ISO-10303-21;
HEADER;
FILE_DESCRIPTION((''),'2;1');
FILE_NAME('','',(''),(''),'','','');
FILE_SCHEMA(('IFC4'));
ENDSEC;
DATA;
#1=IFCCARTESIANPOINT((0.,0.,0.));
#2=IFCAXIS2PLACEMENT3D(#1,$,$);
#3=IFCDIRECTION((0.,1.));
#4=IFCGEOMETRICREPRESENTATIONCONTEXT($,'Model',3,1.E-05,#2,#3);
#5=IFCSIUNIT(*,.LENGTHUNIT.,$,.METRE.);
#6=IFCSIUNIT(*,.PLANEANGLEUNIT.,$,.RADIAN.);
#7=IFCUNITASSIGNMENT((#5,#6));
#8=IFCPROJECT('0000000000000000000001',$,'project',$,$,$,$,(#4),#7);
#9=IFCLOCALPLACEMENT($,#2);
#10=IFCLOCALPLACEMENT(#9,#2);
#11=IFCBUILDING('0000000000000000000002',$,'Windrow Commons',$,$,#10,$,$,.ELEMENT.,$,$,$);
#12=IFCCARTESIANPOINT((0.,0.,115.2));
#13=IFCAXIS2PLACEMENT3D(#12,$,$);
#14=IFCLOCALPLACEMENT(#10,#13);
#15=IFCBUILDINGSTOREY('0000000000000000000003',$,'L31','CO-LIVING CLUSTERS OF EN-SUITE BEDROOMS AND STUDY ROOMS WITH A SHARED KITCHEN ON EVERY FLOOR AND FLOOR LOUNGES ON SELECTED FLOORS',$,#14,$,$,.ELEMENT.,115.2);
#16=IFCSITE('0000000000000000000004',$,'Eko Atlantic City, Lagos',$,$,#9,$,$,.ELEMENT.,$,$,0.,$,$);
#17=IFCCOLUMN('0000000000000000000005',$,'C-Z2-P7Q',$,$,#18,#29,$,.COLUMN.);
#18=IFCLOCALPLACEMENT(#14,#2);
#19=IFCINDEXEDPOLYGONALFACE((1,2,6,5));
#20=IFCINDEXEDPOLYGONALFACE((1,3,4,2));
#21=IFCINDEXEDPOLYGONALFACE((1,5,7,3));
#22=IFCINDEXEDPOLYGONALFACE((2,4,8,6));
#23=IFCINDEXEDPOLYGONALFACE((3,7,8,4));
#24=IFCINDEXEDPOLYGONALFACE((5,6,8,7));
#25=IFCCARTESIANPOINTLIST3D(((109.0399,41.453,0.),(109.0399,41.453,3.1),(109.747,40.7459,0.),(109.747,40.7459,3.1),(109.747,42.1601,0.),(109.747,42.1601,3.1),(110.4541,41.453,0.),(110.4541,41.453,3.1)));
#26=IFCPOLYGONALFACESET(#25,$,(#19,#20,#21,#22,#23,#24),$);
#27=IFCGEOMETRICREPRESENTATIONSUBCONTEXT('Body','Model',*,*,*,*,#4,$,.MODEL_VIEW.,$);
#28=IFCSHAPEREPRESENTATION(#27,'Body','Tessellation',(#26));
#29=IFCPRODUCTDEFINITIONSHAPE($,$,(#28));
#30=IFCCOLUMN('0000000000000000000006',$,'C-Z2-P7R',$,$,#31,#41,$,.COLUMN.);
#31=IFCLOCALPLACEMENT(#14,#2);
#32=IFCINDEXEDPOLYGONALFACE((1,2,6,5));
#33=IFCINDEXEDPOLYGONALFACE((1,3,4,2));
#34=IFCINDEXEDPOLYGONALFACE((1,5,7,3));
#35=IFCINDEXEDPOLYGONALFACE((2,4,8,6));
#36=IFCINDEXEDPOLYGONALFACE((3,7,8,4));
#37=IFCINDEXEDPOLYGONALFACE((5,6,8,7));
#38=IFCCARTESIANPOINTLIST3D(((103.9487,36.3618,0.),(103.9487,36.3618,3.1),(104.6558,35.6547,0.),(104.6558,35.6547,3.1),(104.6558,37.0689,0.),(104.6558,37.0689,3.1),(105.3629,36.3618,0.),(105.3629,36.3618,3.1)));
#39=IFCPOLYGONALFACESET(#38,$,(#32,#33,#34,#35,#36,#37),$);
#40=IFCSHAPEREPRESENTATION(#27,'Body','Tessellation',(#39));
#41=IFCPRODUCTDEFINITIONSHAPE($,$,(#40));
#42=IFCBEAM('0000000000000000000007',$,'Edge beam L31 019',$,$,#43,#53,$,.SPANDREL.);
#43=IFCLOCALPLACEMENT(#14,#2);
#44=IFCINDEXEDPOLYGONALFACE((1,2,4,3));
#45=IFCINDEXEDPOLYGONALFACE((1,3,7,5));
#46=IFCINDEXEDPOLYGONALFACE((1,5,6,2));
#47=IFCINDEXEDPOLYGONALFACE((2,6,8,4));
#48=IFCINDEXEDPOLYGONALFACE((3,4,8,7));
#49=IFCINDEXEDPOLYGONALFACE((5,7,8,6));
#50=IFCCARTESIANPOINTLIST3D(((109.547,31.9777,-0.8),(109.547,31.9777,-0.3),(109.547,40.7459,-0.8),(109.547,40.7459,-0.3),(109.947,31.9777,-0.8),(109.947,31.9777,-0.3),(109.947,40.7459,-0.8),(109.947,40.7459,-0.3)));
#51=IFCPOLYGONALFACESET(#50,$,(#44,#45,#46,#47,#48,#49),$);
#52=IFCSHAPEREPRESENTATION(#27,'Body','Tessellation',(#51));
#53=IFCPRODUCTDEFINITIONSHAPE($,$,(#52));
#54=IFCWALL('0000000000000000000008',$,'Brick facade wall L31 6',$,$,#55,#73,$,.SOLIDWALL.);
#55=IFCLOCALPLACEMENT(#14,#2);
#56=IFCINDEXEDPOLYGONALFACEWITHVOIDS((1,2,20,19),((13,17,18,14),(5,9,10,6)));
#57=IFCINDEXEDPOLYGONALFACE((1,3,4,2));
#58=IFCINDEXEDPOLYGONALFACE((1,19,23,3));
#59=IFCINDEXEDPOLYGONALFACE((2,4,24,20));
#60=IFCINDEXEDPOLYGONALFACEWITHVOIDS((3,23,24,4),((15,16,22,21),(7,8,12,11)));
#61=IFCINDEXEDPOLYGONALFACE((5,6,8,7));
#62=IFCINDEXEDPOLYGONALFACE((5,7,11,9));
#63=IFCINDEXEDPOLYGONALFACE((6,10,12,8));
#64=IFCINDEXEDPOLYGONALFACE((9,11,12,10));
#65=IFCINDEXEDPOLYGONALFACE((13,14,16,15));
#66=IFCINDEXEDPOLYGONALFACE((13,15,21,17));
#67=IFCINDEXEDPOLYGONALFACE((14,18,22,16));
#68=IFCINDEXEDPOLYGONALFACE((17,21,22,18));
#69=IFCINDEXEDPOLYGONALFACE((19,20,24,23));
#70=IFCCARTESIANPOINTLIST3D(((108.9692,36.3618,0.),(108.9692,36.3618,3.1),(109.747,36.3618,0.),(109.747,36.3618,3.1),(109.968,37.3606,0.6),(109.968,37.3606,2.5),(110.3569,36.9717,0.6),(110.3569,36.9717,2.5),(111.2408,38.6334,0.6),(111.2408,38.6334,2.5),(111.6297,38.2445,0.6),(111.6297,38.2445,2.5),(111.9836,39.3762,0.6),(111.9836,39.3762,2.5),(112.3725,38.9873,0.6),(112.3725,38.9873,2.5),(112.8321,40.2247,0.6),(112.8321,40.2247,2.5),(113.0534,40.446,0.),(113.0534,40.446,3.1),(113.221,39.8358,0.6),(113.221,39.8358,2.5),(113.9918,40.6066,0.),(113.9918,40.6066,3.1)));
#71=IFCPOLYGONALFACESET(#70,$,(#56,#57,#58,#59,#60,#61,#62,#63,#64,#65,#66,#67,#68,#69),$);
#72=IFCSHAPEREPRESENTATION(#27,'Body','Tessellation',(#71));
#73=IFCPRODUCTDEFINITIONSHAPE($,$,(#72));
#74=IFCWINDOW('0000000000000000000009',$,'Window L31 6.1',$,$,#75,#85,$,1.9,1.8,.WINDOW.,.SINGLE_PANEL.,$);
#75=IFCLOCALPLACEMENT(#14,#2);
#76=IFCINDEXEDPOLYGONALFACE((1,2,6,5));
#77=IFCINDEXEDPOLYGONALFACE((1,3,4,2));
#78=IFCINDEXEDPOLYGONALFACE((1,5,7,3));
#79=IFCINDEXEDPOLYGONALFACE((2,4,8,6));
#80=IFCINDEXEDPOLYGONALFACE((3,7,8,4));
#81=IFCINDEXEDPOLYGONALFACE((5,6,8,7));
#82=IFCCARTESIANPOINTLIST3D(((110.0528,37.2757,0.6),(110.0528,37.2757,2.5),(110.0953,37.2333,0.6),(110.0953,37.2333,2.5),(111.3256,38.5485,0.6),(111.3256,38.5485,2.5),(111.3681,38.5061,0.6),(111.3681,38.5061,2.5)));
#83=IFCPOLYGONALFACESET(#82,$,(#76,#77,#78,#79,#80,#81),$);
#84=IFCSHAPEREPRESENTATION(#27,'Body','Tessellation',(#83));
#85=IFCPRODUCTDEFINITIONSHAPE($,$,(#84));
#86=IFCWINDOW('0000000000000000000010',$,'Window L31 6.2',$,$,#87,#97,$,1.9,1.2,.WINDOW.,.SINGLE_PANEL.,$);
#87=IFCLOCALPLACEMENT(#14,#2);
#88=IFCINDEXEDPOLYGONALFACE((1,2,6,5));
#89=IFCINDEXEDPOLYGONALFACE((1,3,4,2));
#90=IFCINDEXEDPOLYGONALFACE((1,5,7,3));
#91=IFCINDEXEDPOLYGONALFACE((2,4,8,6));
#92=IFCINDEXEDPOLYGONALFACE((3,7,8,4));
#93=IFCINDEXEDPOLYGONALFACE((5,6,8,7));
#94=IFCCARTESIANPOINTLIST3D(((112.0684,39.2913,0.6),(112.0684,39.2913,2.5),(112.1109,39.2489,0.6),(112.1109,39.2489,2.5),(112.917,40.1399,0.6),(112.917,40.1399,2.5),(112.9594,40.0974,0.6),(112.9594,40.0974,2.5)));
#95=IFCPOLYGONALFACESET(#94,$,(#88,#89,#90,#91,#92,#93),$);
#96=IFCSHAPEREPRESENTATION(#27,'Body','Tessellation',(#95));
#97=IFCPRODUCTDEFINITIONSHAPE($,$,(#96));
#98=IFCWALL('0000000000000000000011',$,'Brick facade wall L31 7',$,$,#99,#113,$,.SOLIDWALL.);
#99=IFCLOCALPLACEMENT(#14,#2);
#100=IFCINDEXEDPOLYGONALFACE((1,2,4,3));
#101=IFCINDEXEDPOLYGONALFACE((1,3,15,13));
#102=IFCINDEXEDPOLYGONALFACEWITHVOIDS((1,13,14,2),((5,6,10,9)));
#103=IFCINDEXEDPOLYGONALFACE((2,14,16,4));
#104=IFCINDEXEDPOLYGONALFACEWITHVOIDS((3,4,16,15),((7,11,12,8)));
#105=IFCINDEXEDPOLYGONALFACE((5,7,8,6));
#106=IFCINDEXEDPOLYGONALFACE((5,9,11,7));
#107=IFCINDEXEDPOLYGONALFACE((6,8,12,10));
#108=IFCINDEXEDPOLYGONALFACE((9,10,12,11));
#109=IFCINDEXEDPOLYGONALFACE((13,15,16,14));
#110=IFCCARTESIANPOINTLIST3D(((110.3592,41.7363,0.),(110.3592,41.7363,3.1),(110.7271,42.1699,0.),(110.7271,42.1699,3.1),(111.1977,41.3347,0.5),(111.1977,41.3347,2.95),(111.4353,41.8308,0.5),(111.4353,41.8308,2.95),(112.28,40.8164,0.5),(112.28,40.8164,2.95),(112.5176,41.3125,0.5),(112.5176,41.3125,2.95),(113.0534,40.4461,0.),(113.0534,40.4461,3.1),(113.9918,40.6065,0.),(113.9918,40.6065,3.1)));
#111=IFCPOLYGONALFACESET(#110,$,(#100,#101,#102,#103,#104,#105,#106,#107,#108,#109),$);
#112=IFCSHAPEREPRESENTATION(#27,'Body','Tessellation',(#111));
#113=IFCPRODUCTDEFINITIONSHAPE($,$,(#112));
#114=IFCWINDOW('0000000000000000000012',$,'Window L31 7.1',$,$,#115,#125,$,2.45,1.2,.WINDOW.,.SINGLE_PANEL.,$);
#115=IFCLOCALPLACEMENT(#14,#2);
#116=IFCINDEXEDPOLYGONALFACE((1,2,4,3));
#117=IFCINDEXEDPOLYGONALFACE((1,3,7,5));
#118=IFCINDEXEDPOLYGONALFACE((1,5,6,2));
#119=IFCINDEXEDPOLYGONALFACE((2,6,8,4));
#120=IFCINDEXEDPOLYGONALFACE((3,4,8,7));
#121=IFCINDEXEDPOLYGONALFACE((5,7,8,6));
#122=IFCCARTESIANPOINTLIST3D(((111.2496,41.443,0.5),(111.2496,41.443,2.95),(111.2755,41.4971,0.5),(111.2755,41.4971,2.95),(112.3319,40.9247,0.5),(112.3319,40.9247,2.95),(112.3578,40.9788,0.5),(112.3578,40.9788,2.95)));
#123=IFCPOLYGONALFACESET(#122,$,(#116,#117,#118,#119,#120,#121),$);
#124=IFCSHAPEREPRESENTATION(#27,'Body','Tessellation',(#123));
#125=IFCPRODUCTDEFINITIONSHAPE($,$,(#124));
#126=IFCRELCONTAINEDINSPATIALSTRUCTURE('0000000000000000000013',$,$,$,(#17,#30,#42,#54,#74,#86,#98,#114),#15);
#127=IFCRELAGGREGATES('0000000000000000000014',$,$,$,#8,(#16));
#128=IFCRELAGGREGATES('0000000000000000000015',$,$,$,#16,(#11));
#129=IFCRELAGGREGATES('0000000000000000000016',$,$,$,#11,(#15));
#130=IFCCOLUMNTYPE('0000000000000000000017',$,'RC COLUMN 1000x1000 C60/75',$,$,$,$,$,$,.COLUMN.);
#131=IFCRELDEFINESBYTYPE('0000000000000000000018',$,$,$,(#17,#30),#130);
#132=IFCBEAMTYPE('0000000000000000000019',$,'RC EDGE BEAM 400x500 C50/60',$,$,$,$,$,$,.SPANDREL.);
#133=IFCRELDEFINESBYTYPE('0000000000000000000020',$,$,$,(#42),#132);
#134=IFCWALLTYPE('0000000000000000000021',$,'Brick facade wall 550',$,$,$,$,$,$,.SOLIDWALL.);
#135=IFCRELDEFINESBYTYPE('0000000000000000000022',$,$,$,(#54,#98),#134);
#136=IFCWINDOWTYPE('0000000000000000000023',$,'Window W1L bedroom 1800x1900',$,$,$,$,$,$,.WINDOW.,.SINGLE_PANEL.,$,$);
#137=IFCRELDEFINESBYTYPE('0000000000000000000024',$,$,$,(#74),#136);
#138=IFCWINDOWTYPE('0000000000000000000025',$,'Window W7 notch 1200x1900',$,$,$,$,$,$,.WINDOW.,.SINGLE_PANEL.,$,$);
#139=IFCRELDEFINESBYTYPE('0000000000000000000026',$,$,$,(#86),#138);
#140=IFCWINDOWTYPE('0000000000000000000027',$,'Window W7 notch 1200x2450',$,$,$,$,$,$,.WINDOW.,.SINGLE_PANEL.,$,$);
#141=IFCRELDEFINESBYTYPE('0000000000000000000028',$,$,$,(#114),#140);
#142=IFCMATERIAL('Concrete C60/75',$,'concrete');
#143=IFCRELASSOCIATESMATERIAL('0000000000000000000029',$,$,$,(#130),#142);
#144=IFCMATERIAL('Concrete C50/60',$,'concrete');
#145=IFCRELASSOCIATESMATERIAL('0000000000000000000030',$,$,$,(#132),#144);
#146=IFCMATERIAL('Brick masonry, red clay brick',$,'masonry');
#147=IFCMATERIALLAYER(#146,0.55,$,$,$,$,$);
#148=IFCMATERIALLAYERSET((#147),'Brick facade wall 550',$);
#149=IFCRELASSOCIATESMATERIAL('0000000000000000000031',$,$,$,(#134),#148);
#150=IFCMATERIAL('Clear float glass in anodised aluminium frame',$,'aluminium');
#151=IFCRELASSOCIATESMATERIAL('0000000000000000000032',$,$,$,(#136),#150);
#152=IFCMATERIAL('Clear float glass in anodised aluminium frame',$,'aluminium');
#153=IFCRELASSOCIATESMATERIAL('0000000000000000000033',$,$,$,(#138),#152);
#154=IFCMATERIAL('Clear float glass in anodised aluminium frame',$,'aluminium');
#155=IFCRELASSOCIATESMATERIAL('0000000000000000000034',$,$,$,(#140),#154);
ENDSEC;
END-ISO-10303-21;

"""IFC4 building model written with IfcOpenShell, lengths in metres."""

from ifc_helpers import new_model, si_unit, direction, frame, frame_2d, origin, origin_2d, place, context, subcontext, project, spatial, polyline, rectangle, outline, extrude, material, layer, layer_set, material_profile, profile_set, type_object, element, fill, save


model = new_model("IFC4")

# Units and contexts
model_context = context("Model", 3, precision=1e-05, world=origin(), true_north=direction((0.0, 1.0)))
body_context = subcontext(model_context, "Body", "Model", "MODEL_VIEW")
ifc_project = project(units=[si_unit("LENGTHUNIT", "METRE"), si_unit("PLANEANGLEUNIT", "RADIAN")], contexts=[model_context])

# Site, building, storey
site_placement = place(None, origin())
site = spatial("IfcSite", under=ifc_project, at=site_placement, Name="Eko Atlantic City, Lagos", CompositionType="ELEMENT", RefElevation=0.0)
building_placement = place(site_placement, origin())
building = spatial("IfcBuilding", under=site, at=building_placement, Name="Windrow Commons", CompositionType="ELEMENT")
storey_placement = place(building_placement, frame((0.0, 0.0, 115.2)))
storey = spatial("IfcBuildingStorey", under=building, at=storey_placement, Name="L31", Description="CO-LIVING CLUSTERS OF EN-SUITE BEDROOMS AND STUDY ROOMS WITH A SHARED KITCHEN ON EVERY FLOOR AND FLOOR LOUNGES ON SELECTED FLOORS", CompositionType="ELEMENT", Elevation=115.2)

# Columns
ifc_material_1 = material(Name="Concrete C60/75", Category="concrete")
ifc_material_profile_1 = material_profile(ifc_material_1, rectangle(XDim=1.0, YDim=1.0, at=origin_2d()))
ifc_profile_set_1 = profile_set([ifc_material_profile_1], Name="Concrete C60/75")
column_type = type_object("IfcColumnType", Name="RC COLUMN 1000x1000 C60/75", PredefinedType="COLUMN", material=ifc_profile_set_1)
for number, where, z_axis, x_axis, name in (
    (1, (109.747, 41.453, 0.0), (0.0, 0.0, 1.0), (0.707107, -0.707107, 0.0), "C-Z2-P7Q"),
    (2, (104.6558, 36.3618, 0.0), (0.0, 0.0, 1.0), (0.707107, -0.707107, 0.0), "C-Z2-P7R"),
):
    element("IfcColumn", number, at=place(storey_placement, frame(where, z_axis=z_axis, x_axis=x_axis)), inside=storey, type_object=column_type, Name=name, PredefinedType="COLUMN", context=body_context, shape_type="SweptSolid", body=[
        extrude(rectangle(XDim=1.0, YDim=1.0, at=origin_2d()), origin(), (0.0, 0.0, 1.0), 3.1),
    ])

# Beam
ifc_material_2 = material(Name="Concrete C50/60", Category="concrete")
ifc_material_profile_2 = material_profile(ifc_material_2, rectangle(XDim=0.4, YDim=0.5, at=origin_2d()))
ifc_profile_set_2 = profile_set([ifc_material_profile_2], Name="Concrete C50/60")
beam_type = type_object("IfcBeamType", Name="RC EDGE BEAM 400x500 C50/60", PredefinedType="SPANDREL", material=ifc_profile_set_2)
beam_placement = place(storey_placement, frame((109.747, 40.7459, -0.55), z_axis=(0.0, -1.0, 0.0), x_axis=(1.0, 0.0, 0.0)))
element("IfcBeam", 3, at=beam_placement, inside=storey, type_object=beam_type, Name="Edge beam L31 019", PredefinedType="SPANDREL", context=body_context, shape_type="SweptSolid", body=[
    extrude(rectangle(XDim=0.4, YDim=0.5, at=origin_2d()), origin(), (0.0, 0.0, 1.0), 8.7682),
])

# Wall, openings, windows
ifc_material_3 = material(Name="Brick masonry, red clay brick", Category="masonry")
ifc_layer_1 = layer(ifc_material_3, 0.55)
ifc_layer_set_1 = layer_set([ifc_layer_1], Name="Brick facade wall 550")
wall_type_1 = type_object("IfcWallType", Name="Brick facade wall 550", PredefinedType="SOLIDWALL", material=ifc_layer_set_1)
wall_1_placement = place(storey_placement, frame((109.3581, 36.3618, 0.0), z_axis=(0.0, 0.0, 1.0), x_axis=(0.707107, 0.707107, 0.0)))
wall_1 = element("IfcWall", 4, at=wall_1_placement, inside=storey, type_object=wall_type_1, Name="Brick facade wall L31 6", PredefinedType="SOLIDWALL", context=body_context, shape_type="SweptSolid", body=[
    extrude(outline(polyline([(0.275, -0.275), (6.278, -0.275), (5.501, 0.275), (-0.275, 0.275), (0.275, -0.275)])), origin(), (0.0, 0.0, 1.0), 3.1),
])
opening_1_placement = place(wall_1_placement, frame((1.1375, 0.0, 0.6)))
opening_1 = element("IfcOpeningElement", 5, at=opening_1_placement, cuts=wall_1, PredefinedType="OPENING", context=body_context, shape_type="SweptSolid", body=[
    extrude(rectangle(XDim=1.8, YDim=1.9, at=frame_2d((0.9, 0.95))), frame((0.0, 0.285, 0.0), z_axis=(0.0, -1.0, 0.0), x_axis=(1.0, 0.0, 0.0)), (0.0, 0.0, 1.0), 0.57),
])
opening_2_placement = place(wall_1_placement, frame((3.988, 0.0, 0.6)))
opening_2 = element("IfcOpeningElement", 6, at=opening_2_placement, cuts=wall_1, PredefinedType="OPENING", context=body_context, shape_type="SweptSolid", body=[
    extrude(rectangle(XDim=1.2, YDim=1.9, at=frame_2d((0.6, 0.95))), frame((0.0, 0.285, 0.0), z_axis=(0.0, -1.0, 0.0), x_axis=(1.0, 0.0, 0.0)), (0.0, 0.0, 1.0), 0.57),
])
ifc_material_4 = material(Name="Clear float glass in anodised aluminium frame", Category="aluminium")
window_type_1 = type_object("IfcWindowType", Name="Window W1L bedroom 1800x1900", PartitioningType="SINGLE_PANEL", PredefinedType="WINDOW", material=ifc_material_4)
window_1_placement = place(opening_1_placement, origin())
window_1 = element("IfcWindow", 7, at=window_1_placement, inside=storey, type_object=window_type_1, Name="Window L31 6.1", OverallHeight=1.9, OverallWidth=1.8, PartitioningType="SINGLE_PANEL", PredefinedType="WINDOW", context=body_context, shape_type="SweptSolid", body=[
    extrude(rectangle(XDim=1.8, YDim=1.9, at=frame_2d((0.9, 0.95))), frame((0.0, 0.155, 0.0), z_axis=(0.0, -1.0, 0.0), x_axis=(1.0, 0.0, 0.0)), (0.0, 0.0, 1.0), 0.06),
])
fill(opening_1, window_1)
ifc_material_5 = material(Name="Clear float glass in anodised aluminium frame", Category="aluminium")
window_type_2 = type_object("IfcWindowType", Name="Window W7 notch 1200x1900", PartitioningType="SINGLE_PANEL", PredefinedType="WINDOW", material=ifc_material_5)
window_2_placement = place(opening_2_placement, origin())
window_2 = element("IfcWindow", 8, at=window_2_placement, inside=storey, type_object=window_type_2, Name="Window L31 6.2", OverallHeight=1.9, OverallWidth=1.2, PartitioningType="SINGLE_PANEL", PredefinedType="WINDOW", context=body_context, shape_type="SweptSolid", body=[
    extrude(rectangle(XDim=1.2, YDim=1.9, at=frame_2d((0.6, 0.95))), frame((0.0, 0.155, 0.0), z_axis=(0.0, -1.0, 0.0), x_axis=(1.0, 0.0, 0.0)), (0.0, 0.0, 1.0), 0.06),
])
fill(opening_2, window_2)

# Wall, opening, window
wall_2_placement = place(storey_placement, frame((113.5226, 40.5263, 0.0), z_axis=(0.0, 0.0, 1.0), x_axis=(-0.901914, 0.431916, 0.0)))
wall_2 = element("IfcWall", 9, at=wall_2_placement, inside=storey, type_object=wall_type_1, Name="Brick facade wall L31 7", PredefinedType="SOLIDWALL", context=body_context, shape_type="SweptSolid", body=[
    extrude(outline(polyline([(-0.3885, -0.275), (3.2312, -0.275), (3.3757, 0.275), (0.3885, 0.275), (-0.3885, -0.275)])), origin(), (0.0, 0.0, 1.0), 3.1),
])
opening_3_placement = place(wall_2_placement, frame((1.246, 0.0, 0.5)))
opening_3 = element("IfcOpeningElement", 10, at=opening_3_placement, cuts=wall_2, PredefinedType="OPENING", context=body_context, shape_type="SweptSolid", body=[
    extrude(rectangle(XDim=1.2, YDim=2.45, at=frame_2d((0.6, 1.225))), frame((0.0, 0.285, 0.0), z_axis=(0.0, -1.0, 0.0), x_axis=(1.0, 0.0, 0.0)), (0.0, 0.0, 1.0), 0.57),
])
ifc_material_6 = material(Name="Clear float glass in anodised aluminium frame", Category="aluminium")
window_type_3 = type_object("IfcWindowType", Name="Window W7 notch 1200x2450", PartitioningType="SINGLE_PANEL", PredefinedType="WINDOW", material=ifc_material_6)
window_3_placement = place(opening_3_placement, origin())
window_3 = element("IfcWindow", 11, at=window_3_placement, inside=storey, type_object=window_type_3, Name="Window L31 7.1", OverallHeight=2.45, OverallWidth=1.2, PartitioningType="SINGLE_PANEL", PredefinedType="WINDOW", context=body_context, shape_type="SweptSolid", body=[
    extrude(rectangle(XDim=1.2, YDim=2.45, at=frame_2d((0.6, 1.225))), frame((0.0, 0.155, 0.0), z_axis=(0.0, -1.0, 0.0), x_axis=(1.0, 0.0, 0.0)), (0.0, 0.0, 1.0), 0.06),
])
fill(opening_3, window_3)

save(model, "model.ifc")
